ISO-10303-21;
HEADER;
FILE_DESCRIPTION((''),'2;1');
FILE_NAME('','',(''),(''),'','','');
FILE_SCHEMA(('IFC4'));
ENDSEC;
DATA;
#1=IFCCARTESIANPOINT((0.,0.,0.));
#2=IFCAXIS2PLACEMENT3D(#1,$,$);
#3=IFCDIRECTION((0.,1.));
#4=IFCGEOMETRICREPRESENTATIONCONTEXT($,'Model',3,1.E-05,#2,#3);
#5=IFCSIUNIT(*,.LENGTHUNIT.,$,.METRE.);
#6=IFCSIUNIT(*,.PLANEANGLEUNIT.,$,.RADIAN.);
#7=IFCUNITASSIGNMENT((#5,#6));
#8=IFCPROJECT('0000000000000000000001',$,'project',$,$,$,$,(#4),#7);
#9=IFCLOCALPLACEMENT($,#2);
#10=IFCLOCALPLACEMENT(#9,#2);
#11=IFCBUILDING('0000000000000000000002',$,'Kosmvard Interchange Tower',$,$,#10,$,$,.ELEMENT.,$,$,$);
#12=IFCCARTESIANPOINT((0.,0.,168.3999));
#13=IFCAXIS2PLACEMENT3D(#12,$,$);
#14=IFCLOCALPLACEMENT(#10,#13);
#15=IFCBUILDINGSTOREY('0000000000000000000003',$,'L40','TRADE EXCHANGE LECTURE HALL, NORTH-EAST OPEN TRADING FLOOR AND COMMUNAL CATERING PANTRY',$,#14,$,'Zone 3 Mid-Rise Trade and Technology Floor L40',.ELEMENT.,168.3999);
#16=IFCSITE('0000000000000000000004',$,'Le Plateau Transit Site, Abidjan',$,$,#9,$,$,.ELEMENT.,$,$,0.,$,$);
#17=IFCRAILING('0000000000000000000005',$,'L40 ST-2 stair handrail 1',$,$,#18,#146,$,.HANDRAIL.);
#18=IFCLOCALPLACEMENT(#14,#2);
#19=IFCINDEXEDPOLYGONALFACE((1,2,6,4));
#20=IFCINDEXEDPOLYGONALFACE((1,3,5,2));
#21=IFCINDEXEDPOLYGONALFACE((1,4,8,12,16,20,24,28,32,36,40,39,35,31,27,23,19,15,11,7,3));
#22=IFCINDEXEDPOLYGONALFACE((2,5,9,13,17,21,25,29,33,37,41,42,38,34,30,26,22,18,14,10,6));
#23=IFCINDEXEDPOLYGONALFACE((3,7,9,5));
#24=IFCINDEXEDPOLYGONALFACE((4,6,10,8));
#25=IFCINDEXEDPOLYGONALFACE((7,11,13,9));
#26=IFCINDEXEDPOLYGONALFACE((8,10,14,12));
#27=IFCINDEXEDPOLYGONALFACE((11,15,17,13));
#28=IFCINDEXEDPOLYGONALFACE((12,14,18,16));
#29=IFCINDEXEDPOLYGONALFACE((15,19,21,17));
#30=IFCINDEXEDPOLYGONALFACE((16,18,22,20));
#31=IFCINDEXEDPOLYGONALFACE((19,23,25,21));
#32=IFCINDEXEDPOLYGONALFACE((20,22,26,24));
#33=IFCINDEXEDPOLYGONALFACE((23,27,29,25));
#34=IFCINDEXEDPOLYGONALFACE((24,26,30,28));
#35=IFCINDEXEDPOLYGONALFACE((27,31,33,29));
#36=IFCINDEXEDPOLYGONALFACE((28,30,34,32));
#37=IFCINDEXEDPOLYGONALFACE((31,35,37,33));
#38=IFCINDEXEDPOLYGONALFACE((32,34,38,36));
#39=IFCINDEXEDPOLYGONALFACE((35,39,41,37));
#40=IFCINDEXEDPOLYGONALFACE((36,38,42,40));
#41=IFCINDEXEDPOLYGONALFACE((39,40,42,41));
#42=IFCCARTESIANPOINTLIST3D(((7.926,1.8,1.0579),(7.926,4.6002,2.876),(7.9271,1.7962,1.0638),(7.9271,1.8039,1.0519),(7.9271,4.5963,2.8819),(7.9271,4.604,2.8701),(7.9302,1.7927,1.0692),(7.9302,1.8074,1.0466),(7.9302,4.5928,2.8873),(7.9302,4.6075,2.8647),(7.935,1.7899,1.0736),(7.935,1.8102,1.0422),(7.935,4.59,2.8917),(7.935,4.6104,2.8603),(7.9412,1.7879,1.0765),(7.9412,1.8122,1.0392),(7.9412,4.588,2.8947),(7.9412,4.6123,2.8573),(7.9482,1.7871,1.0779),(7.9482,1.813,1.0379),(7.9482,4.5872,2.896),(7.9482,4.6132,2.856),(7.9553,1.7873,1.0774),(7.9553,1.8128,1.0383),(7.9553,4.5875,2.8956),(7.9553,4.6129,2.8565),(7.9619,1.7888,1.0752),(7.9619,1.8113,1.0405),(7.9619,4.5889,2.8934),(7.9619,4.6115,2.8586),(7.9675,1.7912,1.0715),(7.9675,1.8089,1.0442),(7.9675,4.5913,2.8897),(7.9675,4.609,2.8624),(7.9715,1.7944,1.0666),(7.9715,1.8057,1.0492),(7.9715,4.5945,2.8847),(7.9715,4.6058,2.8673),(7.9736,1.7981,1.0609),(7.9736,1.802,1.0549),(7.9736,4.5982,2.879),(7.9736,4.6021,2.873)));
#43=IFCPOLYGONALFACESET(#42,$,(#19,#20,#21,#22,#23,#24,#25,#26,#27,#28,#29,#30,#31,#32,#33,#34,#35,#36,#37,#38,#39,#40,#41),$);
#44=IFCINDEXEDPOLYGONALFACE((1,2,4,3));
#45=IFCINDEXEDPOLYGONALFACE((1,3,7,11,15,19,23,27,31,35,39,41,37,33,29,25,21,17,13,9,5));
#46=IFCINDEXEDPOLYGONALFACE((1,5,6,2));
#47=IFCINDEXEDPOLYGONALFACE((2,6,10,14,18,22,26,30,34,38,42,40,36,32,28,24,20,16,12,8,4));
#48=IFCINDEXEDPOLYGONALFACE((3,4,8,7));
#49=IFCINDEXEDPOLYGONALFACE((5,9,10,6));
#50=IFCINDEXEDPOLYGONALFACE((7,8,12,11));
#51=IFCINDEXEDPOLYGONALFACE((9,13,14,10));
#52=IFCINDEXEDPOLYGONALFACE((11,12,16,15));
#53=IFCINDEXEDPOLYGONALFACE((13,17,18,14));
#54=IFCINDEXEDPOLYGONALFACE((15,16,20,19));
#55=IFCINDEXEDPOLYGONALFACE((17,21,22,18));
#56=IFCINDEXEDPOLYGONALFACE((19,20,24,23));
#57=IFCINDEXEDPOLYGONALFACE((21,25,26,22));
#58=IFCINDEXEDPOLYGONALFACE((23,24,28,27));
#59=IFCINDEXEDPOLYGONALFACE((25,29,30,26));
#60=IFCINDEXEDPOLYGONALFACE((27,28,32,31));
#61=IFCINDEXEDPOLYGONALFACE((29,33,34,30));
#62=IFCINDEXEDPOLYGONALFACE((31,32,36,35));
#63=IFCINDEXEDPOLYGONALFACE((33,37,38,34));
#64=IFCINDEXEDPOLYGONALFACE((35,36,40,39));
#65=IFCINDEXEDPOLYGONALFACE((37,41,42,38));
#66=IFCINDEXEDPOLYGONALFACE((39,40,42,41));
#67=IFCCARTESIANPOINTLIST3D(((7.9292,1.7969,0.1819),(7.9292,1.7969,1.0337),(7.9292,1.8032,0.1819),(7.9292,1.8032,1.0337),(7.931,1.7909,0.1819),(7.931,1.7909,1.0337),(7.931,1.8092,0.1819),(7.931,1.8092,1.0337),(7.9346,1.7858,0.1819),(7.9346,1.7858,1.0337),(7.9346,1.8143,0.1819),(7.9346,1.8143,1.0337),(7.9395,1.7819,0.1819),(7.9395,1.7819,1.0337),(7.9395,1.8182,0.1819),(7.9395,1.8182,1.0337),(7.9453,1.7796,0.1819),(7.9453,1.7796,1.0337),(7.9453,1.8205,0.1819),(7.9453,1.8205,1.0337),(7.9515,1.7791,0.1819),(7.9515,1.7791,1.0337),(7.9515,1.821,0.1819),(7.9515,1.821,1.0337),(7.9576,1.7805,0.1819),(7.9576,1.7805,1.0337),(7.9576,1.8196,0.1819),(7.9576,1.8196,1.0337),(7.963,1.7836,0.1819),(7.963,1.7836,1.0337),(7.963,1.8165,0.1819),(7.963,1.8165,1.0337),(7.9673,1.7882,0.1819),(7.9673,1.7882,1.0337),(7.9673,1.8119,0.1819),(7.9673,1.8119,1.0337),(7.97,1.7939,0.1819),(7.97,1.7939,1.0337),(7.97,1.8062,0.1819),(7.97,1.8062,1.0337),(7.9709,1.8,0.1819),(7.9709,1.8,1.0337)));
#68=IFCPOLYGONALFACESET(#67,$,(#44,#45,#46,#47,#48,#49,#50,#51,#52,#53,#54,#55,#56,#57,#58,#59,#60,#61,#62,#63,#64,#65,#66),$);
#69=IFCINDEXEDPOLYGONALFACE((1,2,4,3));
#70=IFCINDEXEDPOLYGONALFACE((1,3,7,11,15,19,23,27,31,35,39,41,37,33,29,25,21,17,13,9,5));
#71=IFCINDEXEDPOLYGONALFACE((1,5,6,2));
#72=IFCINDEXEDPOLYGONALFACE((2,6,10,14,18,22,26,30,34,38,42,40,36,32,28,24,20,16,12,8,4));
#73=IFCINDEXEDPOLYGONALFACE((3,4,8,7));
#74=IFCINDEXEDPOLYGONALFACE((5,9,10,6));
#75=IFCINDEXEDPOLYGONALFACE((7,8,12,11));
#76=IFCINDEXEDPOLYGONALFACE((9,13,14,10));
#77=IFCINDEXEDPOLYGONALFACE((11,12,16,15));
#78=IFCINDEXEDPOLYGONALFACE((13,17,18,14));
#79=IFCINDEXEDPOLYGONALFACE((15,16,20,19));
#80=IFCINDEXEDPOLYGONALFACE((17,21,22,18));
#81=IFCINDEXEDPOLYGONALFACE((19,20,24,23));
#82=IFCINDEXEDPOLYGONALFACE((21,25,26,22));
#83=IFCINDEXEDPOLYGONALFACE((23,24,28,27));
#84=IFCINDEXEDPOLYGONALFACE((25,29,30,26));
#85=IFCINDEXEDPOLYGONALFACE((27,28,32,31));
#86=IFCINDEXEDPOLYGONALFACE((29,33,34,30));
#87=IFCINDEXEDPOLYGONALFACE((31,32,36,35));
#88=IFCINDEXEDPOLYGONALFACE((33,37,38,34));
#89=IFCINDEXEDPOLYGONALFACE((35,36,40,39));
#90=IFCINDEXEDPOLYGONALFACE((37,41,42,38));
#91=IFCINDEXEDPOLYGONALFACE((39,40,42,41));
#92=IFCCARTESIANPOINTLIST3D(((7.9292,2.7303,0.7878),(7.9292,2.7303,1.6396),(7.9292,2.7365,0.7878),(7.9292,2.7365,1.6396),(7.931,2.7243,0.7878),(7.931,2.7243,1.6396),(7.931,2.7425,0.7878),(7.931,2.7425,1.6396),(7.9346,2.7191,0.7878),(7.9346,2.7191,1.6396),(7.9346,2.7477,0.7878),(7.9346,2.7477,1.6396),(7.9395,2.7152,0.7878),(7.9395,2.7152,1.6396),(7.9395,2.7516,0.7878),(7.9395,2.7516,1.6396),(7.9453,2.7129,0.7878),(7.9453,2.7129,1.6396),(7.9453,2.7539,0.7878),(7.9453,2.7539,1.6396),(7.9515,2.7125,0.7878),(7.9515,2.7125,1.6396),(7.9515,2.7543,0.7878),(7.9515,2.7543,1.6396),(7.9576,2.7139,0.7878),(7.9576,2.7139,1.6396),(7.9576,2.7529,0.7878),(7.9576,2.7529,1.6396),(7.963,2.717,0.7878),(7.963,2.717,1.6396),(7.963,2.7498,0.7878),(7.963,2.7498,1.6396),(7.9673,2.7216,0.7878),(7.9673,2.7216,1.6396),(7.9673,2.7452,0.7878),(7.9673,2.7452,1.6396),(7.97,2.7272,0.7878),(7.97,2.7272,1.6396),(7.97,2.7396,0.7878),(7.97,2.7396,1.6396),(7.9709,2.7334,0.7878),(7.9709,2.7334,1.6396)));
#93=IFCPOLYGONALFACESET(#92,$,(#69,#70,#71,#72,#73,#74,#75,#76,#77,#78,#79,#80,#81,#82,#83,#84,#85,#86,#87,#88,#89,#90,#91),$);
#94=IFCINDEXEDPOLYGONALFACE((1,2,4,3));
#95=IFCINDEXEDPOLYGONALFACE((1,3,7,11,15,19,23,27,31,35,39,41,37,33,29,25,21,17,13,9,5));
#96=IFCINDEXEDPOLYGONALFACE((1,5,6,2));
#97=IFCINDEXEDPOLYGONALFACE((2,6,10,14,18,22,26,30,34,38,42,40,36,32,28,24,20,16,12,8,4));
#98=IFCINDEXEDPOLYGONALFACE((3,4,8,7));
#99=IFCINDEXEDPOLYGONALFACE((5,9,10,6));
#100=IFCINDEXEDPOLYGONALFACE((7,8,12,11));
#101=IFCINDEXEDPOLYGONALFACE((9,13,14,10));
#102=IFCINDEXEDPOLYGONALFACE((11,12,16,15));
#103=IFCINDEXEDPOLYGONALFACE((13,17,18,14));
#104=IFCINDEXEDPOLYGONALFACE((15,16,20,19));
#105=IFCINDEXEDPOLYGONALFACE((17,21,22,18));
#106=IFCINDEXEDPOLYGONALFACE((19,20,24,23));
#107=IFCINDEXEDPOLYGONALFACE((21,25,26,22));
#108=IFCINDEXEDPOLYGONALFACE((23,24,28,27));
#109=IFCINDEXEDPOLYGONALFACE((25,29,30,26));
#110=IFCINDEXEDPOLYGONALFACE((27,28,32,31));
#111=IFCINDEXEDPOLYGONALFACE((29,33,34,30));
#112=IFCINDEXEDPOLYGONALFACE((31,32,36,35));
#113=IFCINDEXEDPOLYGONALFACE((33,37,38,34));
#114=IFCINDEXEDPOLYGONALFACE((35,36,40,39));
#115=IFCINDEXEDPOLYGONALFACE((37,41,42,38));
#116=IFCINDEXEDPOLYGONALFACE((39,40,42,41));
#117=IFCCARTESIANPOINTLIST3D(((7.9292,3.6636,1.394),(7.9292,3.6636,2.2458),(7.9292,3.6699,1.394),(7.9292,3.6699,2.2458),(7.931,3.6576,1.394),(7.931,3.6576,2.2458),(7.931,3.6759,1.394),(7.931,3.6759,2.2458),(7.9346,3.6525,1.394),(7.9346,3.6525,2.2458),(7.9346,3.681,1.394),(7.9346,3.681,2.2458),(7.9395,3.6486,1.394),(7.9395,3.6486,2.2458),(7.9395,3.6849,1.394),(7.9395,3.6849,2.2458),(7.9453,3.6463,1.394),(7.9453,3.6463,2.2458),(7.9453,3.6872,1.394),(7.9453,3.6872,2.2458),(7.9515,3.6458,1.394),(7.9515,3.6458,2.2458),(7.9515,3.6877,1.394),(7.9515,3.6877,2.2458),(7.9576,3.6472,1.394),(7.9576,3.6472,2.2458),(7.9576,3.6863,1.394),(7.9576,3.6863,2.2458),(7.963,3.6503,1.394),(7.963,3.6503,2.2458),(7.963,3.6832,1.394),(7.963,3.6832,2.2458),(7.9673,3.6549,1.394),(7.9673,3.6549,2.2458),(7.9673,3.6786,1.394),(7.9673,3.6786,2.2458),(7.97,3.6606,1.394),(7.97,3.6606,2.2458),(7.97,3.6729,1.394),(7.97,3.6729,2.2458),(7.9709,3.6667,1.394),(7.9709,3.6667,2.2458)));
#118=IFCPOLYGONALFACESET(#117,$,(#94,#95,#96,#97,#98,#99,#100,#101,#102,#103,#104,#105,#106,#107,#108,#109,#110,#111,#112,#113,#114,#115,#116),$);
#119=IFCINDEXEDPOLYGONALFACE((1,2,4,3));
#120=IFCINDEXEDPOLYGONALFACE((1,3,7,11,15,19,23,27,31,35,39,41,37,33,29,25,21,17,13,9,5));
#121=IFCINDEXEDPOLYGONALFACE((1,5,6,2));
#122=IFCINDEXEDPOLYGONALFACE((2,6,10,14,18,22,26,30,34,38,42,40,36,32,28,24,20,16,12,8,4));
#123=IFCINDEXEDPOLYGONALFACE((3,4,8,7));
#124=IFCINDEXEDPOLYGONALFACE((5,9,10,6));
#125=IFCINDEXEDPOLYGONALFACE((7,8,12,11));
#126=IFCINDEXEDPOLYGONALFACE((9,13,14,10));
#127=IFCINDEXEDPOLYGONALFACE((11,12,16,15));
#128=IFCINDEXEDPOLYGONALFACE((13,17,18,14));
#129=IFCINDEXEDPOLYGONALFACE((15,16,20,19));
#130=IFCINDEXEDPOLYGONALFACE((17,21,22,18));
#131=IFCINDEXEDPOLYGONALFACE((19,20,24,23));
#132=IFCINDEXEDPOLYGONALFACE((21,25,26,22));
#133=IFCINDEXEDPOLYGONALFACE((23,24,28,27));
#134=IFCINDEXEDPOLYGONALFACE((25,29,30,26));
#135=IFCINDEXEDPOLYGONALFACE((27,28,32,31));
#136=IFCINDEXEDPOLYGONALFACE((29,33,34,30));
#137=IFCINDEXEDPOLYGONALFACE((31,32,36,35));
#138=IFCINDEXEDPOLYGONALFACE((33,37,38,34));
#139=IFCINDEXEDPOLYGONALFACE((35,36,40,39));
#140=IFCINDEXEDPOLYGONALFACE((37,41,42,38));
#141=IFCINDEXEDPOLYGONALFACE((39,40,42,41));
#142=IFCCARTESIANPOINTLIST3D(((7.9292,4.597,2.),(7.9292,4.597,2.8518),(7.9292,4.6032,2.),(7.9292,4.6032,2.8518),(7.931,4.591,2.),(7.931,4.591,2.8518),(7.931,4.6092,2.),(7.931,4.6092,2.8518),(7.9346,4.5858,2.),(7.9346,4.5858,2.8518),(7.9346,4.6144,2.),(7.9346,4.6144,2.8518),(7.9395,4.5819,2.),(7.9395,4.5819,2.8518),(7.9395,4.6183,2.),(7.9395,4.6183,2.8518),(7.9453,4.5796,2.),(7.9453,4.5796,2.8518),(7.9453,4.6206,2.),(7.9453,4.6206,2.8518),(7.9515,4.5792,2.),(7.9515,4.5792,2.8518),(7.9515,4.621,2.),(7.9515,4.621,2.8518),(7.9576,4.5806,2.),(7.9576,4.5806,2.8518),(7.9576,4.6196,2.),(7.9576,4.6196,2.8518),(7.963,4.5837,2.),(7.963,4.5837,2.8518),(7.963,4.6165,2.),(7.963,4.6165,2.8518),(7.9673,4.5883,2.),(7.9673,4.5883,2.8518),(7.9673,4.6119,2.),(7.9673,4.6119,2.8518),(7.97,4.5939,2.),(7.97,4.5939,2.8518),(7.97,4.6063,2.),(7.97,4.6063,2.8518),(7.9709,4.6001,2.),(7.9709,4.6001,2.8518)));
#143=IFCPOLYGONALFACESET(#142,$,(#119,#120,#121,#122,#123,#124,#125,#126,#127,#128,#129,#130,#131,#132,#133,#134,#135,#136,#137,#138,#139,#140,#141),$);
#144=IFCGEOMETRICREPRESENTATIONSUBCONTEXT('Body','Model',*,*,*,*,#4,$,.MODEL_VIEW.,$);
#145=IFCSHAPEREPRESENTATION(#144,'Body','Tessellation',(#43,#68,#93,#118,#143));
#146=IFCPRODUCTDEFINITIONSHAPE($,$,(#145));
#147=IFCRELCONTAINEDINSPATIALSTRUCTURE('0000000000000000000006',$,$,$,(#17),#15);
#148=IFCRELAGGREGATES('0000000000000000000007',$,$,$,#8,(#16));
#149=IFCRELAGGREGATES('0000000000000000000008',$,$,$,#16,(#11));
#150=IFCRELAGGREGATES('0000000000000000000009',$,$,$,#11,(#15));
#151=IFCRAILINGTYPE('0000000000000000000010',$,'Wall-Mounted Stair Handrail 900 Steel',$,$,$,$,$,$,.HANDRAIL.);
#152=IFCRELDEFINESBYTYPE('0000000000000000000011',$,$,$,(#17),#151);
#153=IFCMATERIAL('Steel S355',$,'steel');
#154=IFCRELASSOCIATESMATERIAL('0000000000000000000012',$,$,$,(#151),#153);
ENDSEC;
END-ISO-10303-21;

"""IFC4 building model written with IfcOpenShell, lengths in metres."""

from ifc_helpers import new_model, si_unit, direction, frame, origin, origin_2d, place, context, subcontext, project, spatial, circle, extrude, source, transform, mapped, material, type_object, element, save


model = new_model("IFC4")

# Units and contexts
model_context = context("Model", 3, precision=1e-05, world=origin(), true_north=direction((0.0, 1.0)))
body_context = subcontext(model_context, "Body", "Model", "MODEL_VIEW")
ifc_project = project(units=[si_unit("LENGTHUNIT", "METRE"), si_unit("PLANEANGLEUNIT", "RADIAN")], contexts=[model_context])

# Site, building, storey
site_placement = place(None, origin())
site = spatial("IfcSite", under=ifc_project, at=site_placement, Name="Le Plateau Transit Site, Abidjan", CompositionType="ELEMENT", RefElevation=0.0)
building_placement = place(site_placement, origin())
building = spatial("IfcBuilding", under=site, at=building_placement, Name="Kosmvard Interchange Tower", CompositionType="ELEMENT")
storey_placement = place(building_placement, frame((0.0, 0.0, 168.3999)))
storey = spatial("IfcBuildingStorey", under=building, at=storey_placement, Name="L40", Description="TRADE EXCHANGE LECTURE HALL, NORTH-EAST OPEN TRADING FLOOR AND COMMUNAL CATERING PANTRY", LongName="Zone 3 Mid-Rise Trade and Technology Floor L40", CompositionType="ELEMENT", Elevation=168.3999)

# Shared definitions
ifc_material_1 = material(Name="Steel S355", Category="steel")

# Railing
railing_type_1 = type_object("IfcRailingType", Name="Wall-Mounted Stair Handrail 900 Steel", PredefinedType="HANDRAIL", material=ifc_material_1)
shared_shape_1 = source(origin(), body_context, "Body", "SweptSolid", [
    extrude(circle(Radius=0.0239, at=origin_2d()), frame((0.0, 0.0, 0.876), z_axis=(0.0, 0.838706, 0.544585), x_axis=(-1.0, 0.0, 0.0)), (0.0, 0.0, 1.0), 3.3386),
    extrude(circle(Radius=0.021, at=origin_2d()), origin(), (0.0, 0.0, 1.0), 0.8518),
    extrude(circle(Radius=0.021, at=origin_2d()), frame((0.0, 0.9333, 0.606)), (0.0, 0.0, 1.0), 0.8518),
    extrude(circle(Radius=0.021, at=origin_2d()), frame((0.0, 1.8667, 1.2122)), (0.0, 0.0, 1.0), 0.8518),
    extrude(circle(Radius=0.021, at=origin_2d()), frame((0.0, 2.8, 1.8181)), (0.0, 0.0, 1.0), 0.8518),
])
railing_1_placement = place(storey_placement, frame((7.95, 1.8, 0.1819)))
element("IfcRailing", 1, at=railing_1_placement, inside=storey, type_object=railing_type_1, Name="L40 ST-2 stair handrail 1", PredefinedType="HANDRAIL", context=body_context, shape_type="MappedRepresentation", body=[
    mapped(shared_shape_1, transform((0.0, 0.0, 0.0), scale=1.0)),
])

save(model, "model.ifc")
